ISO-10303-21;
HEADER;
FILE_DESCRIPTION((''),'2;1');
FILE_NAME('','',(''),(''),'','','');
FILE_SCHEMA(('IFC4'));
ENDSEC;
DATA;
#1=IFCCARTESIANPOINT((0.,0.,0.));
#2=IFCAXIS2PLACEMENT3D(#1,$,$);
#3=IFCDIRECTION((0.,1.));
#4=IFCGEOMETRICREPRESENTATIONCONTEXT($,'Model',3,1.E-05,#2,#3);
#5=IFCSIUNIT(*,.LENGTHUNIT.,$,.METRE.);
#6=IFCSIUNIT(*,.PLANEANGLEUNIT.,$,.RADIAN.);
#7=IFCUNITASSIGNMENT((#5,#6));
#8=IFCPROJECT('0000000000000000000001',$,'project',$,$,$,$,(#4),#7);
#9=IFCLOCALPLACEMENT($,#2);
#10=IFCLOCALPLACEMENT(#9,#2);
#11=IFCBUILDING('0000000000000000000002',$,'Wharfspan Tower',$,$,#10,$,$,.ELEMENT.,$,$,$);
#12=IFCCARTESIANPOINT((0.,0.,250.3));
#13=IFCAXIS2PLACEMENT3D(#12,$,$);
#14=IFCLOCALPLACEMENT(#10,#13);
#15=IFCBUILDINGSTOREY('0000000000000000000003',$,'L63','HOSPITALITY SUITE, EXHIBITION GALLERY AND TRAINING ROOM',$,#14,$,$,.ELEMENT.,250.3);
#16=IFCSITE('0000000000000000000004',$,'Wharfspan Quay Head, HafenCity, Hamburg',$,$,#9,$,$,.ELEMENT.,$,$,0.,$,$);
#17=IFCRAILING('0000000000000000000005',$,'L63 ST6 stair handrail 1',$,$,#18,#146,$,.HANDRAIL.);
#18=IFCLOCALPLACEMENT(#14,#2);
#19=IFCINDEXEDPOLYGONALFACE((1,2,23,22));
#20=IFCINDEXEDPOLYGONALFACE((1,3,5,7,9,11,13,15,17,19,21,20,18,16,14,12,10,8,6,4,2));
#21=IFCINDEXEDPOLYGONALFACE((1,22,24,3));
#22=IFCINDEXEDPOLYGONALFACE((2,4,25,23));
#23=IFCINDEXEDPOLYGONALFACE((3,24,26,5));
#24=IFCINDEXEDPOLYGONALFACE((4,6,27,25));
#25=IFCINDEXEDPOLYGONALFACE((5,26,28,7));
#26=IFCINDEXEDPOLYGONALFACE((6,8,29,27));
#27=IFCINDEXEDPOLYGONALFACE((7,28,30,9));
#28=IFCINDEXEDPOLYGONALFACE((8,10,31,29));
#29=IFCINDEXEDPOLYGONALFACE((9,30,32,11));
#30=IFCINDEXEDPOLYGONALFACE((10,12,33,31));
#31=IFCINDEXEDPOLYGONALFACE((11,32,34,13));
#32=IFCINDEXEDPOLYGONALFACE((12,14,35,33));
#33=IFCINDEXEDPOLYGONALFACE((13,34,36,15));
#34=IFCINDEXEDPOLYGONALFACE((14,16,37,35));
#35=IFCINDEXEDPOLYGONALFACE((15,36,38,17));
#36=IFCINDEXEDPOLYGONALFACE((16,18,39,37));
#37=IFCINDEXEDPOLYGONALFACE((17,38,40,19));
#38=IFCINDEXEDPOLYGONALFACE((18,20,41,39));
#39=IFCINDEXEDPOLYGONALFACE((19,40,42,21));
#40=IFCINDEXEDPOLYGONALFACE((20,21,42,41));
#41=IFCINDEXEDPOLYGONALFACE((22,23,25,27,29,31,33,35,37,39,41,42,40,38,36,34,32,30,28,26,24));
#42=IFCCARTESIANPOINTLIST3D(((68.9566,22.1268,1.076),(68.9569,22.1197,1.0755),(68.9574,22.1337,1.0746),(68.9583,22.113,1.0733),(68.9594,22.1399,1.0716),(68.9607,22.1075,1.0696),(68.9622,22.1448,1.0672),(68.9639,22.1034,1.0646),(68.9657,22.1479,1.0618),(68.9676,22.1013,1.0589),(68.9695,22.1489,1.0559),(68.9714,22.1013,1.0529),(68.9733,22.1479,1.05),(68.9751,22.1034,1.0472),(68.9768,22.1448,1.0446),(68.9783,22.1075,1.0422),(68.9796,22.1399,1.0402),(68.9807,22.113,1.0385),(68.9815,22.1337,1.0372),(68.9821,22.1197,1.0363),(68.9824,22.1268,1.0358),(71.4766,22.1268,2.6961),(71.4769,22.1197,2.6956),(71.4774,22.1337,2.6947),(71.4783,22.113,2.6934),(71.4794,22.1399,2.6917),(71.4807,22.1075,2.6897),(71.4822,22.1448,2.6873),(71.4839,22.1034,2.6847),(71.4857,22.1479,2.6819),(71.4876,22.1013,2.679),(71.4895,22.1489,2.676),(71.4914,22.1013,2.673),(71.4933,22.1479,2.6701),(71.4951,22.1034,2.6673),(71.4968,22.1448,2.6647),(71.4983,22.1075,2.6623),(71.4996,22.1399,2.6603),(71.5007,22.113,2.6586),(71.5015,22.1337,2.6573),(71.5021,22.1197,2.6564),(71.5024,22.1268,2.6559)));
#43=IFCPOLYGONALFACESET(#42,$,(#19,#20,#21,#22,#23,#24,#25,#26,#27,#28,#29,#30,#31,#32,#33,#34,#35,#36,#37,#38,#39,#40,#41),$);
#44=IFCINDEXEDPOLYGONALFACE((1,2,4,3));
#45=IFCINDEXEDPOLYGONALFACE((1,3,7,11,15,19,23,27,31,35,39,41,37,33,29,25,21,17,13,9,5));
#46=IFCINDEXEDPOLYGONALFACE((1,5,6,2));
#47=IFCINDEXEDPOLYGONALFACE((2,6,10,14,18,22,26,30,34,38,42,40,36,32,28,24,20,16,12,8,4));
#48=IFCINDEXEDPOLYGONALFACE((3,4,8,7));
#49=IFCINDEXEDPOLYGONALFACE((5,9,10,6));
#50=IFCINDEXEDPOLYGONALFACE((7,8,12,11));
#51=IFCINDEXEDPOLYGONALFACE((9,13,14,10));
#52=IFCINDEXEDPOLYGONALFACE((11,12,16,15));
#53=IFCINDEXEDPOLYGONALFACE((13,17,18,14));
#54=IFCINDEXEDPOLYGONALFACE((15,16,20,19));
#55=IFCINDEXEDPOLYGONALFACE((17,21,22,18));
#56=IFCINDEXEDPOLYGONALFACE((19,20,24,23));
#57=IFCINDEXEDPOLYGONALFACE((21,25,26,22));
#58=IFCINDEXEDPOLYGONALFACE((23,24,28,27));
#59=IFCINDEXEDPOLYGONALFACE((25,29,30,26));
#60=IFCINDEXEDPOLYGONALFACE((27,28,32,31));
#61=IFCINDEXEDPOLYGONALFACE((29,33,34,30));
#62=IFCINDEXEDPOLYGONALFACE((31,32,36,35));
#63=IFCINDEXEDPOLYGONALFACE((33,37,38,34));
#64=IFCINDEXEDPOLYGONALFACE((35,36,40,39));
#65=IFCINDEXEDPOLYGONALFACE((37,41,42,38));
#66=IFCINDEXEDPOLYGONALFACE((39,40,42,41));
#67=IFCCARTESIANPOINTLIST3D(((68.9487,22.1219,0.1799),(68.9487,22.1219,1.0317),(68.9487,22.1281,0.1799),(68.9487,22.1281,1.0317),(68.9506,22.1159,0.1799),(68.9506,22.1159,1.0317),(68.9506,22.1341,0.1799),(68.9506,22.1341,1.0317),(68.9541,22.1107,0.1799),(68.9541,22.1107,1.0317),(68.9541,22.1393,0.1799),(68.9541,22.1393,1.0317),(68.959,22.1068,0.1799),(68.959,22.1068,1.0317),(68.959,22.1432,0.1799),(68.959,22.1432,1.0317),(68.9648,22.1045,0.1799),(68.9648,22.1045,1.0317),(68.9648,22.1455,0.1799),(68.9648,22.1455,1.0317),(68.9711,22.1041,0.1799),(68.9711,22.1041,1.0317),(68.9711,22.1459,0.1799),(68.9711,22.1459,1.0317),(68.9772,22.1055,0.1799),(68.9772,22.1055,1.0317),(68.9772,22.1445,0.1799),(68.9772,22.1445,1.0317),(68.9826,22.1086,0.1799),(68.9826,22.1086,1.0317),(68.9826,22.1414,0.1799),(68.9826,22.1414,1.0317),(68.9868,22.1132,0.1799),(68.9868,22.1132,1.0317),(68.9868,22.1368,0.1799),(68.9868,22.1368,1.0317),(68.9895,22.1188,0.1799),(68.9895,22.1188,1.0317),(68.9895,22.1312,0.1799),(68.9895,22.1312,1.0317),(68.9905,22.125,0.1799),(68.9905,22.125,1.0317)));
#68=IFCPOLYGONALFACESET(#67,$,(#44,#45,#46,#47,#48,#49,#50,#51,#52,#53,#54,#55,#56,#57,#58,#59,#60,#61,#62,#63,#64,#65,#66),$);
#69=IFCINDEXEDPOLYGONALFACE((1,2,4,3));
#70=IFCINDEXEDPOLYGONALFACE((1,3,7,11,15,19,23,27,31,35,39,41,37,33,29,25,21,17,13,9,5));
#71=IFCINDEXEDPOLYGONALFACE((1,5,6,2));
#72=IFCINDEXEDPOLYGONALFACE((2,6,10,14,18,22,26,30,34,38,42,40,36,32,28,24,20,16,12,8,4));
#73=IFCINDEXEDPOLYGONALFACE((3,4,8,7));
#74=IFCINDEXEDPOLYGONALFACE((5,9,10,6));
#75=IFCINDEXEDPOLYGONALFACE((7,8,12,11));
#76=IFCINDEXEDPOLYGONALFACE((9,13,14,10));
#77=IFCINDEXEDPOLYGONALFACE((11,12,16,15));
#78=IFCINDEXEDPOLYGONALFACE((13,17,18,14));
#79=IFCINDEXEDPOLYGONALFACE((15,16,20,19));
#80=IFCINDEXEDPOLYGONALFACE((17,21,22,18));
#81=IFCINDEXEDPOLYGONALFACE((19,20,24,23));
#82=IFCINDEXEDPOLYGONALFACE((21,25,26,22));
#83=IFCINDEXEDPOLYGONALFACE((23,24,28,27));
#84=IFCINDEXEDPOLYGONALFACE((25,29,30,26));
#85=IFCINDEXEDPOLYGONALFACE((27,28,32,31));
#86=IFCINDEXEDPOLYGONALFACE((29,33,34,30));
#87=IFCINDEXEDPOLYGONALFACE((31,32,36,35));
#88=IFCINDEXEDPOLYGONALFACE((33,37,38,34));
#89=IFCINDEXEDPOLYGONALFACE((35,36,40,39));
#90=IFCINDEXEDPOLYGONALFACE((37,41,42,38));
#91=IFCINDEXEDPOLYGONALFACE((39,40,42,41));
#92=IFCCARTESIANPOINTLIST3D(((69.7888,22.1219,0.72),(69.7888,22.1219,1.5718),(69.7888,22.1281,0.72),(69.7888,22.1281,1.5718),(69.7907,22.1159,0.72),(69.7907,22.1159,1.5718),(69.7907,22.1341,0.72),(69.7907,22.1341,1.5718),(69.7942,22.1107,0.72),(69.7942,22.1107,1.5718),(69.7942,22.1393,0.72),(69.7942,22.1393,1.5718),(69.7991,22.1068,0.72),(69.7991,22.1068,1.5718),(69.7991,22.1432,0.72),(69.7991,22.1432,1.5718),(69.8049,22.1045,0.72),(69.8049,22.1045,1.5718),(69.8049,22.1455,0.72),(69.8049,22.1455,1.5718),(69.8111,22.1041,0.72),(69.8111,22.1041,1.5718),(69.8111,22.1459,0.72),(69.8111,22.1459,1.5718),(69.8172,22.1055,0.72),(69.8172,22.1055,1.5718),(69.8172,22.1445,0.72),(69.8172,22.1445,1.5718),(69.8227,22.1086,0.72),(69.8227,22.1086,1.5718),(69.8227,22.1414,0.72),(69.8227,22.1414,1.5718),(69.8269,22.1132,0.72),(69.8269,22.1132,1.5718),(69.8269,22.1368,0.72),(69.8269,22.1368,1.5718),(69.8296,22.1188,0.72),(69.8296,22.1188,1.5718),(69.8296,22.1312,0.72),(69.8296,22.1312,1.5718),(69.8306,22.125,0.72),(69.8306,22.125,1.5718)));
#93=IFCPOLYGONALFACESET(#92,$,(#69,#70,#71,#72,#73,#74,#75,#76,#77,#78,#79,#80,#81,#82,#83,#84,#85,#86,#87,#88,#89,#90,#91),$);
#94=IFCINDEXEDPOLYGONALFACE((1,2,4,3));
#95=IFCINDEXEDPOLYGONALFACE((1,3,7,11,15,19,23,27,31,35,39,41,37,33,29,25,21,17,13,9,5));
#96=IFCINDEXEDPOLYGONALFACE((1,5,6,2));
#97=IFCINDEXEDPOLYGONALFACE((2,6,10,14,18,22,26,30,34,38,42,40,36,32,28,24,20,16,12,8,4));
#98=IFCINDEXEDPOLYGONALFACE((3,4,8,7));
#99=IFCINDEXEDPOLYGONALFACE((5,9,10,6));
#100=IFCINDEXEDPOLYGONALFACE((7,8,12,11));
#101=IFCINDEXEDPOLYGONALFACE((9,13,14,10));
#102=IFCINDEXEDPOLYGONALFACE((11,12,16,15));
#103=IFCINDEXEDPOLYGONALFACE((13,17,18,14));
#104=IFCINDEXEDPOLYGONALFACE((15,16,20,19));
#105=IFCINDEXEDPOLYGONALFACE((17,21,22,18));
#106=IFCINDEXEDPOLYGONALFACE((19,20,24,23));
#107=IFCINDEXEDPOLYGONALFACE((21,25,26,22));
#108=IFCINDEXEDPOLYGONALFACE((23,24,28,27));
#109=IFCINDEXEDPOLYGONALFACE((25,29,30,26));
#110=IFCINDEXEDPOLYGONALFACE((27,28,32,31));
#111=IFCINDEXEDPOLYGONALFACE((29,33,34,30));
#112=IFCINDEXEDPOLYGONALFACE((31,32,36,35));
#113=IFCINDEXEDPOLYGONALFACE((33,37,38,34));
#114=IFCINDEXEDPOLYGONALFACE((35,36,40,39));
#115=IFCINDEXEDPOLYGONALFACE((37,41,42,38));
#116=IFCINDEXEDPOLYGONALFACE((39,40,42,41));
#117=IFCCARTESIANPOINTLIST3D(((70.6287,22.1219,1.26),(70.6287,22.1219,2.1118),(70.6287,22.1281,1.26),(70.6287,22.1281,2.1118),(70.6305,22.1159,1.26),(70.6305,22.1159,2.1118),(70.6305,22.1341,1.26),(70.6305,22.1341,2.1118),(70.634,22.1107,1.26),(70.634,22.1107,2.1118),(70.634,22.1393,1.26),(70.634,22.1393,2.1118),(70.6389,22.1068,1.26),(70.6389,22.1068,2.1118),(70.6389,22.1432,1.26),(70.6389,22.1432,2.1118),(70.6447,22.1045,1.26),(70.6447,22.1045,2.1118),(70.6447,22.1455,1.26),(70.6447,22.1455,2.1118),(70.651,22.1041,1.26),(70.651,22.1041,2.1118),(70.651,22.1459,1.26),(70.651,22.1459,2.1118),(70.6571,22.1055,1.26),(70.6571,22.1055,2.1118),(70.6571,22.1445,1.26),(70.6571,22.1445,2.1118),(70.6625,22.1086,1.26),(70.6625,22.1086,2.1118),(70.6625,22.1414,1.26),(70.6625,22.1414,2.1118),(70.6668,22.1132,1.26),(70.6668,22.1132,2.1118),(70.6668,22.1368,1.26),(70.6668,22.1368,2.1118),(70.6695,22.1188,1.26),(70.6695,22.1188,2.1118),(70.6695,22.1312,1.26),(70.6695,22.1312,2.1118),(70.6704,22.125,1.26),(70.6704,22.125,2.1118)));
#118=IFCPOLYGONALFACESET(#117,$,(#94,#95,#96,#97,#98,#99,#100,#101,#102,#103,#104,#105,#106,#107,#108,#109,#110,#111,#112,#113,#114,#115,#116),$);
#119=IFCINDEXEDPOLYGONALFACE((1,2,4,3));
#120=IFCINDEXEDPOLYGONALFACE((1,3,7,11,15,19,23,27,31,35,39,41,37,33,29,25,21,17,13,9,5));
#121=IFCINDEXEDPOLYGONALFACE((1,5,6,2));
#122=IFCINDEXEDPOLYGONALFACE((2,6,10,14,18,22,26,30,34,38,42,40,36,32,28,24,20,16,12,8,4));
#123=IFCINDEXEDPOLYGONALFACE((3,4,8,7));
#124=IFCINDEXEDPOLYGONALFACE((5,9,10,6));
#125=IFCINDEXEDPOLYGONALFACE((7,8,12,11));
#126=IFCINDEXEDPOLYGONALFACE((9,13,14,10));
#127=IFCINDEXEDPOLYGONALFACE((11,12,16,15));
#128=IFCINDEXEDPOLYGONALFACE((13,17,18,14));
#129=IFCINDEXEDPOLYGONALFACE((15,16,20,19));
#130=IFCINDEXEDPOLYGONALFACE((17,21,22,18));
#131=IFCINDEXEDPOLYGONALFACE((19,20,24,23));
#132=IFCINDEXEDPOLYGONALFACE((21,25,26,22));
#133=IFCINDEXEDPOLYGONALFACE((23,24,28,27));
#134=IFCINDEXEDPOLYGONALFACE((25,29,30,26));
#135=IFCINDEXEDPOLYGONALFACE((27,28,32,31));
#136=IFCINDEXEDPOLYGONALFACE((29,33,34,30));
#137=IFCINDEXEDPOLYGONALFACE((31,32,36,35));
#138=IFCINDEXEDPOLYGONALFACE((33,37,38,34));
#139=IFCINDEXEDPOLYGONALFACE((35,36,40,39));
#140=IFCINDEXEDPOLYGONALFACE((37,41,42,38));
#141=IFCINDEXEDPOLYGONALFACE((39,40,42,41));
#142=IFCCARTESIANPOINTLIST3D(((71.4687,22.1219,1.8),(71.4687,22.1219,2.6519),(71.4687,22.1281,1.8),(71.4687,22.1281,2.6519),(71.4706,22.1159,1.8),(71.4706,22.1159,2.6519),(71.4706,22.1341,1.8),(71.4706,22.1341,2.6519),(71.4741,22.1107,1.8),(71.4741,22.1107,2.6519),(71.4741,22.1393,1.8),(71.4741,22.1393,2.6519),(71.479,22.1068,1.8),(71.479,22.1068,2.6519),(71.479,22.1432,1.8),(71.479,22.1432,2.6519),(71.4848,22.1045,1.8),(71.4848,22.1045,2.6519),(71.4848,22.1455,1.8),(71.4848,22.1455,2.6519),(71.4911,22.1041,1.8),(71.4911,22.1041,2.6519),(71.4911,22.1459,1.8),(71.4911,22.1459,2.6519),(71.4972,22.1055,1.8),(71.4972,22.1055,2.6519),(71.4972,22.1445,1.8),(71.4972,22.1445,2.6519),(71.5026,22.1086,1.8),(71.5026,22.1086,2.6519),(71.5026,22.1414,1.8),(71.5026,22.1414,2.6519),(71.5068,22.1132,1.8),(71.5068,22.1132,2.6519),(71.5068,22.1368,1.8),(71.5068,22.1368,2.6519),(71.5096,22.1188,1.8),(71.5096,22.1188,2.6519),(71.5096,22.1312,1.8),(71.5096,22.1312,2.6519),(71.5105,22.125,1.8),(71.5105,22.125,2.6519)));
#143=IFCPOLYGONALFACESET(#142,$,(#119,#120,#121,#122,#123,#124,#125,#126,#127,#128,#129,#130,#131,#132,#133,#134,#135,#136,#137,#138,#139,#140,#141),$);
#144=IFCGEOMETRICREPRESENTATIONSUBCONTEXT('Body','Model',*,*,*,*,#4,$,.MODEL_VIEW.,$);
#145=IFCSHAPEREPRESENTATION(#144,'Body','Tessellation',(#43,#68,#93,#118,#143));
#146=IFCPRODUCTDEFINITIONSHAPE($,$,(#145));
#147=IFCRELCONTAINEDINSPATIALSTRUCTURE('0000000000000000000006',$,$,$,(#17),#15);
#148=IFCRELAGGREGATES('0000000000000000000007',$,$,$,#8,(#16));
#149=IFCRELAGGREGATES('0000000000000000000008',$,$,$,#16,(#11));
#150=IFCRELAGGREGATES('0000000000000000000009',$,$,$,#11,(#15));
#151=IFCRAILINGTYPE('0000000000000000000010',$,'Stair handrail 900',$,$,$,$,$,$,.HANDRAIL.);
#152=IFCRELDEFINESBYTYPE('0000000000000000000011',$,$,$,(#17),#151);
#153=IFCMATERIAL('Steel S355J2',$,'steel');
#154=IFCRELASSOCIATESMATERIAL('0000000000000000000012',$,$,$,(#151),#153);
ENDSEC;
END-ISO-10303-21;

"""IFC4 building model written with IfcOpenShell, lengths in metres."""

from ifc_helpers import new_model, si_unit, direction, frame, origin, origin_2d, place, context, subcontext, project, spatial, circle, extrude, material, type_object, element, save


model = new_model("IFC4")

# Units and contexts
model_context = context("Model", 3, precision=1e-05, world=origin(), true_north=direction((0.0, 1.0)))
body_context = subcontext(model_context, "Body", "Model", "MODEL_VIEW")
ifc_project = project(units=[si_unit("LENGTHUNIT", "METRE"), si_unit("PLANEANGLEUNIT", "RADIAN")], contexts=[model_context])

# Site, building, storey
site_placement = place(None, origin())
site = spatial("IfcSite", under=ifc_project, at=site_placement, Name="Wharfspan Quay Head, HafenCity, Hamburg", CompositionType="ELEMENT", RefElevation=0.0)
building_placement = place(site_placement, origin())
building = spatial("IfcBuilding", under=site, at=building_placement, Name="Wharfspan Tower", CompositionType="ELEMENT")
storey_placement = place(building_placement, frame((0.0, 0.0, 250.3)))
storey = spatial("IfcBuildingStorey", under=building, at=storey_placement, Name="L63", Description="HOSPITALITY SUITE, EXHIBITION GALLERY AND TRAINING ROOM", CompositionType="ELEMENT", Elevation=250.3)

# Shared definitions
ifc_material_1 = material(Name="Steel S355J2", Category="steel")

# Railing
railing_type_1 = type_object("IfcRailingType", Name="Stair handrail 900", PredefinedType="HANDRAIL", material=ifc_material_1)
railing_1_placement = place(storey_placement, frame((68.9695, 22.125, 0.1799)))
element("IfcRailing", 1, at=railing_1_placement, inside=storey, type_object=railing_type_1, Name="L63 ST6 stair handrail 1", PredefinedType="HANDRAIL", context=body_context, shape_type="SweptSolid", body=[
    extrude(circle(Radius=0.0239, at=origin_2d()), frame((0.0, 0.0, 0.876), z_axis=(0.841163, 0.0, 0.540782), x_axis=(0.0, 1.0, 0.0)), (0.0, 0.0, 1.0), 2.9958),
    extrude(circle(Radius=0.021, at=origin_2d()), origin(), (0.0, 0.0, 1.0), 0.8518),
    extrude(circle(Radius=0.021, at=origin_2d()), frame((0.8401, 0.0, 0.54)), (0.0, 0.0, 1.0), 0.8518),
    extrude(circle(Radius=0.021, at=origin_2d()), frame((1.6799, 0.0, 1.0801)), (0.0, 0.0, 1.0), 0.8518),
    extrude(circle(Radius=0.021, at=origin_2d()), frame((2.52, 0.0, 1.6201)), (0.0, 0.0, 1.0), 0.8518),
])

save(model, "model.ifc")
